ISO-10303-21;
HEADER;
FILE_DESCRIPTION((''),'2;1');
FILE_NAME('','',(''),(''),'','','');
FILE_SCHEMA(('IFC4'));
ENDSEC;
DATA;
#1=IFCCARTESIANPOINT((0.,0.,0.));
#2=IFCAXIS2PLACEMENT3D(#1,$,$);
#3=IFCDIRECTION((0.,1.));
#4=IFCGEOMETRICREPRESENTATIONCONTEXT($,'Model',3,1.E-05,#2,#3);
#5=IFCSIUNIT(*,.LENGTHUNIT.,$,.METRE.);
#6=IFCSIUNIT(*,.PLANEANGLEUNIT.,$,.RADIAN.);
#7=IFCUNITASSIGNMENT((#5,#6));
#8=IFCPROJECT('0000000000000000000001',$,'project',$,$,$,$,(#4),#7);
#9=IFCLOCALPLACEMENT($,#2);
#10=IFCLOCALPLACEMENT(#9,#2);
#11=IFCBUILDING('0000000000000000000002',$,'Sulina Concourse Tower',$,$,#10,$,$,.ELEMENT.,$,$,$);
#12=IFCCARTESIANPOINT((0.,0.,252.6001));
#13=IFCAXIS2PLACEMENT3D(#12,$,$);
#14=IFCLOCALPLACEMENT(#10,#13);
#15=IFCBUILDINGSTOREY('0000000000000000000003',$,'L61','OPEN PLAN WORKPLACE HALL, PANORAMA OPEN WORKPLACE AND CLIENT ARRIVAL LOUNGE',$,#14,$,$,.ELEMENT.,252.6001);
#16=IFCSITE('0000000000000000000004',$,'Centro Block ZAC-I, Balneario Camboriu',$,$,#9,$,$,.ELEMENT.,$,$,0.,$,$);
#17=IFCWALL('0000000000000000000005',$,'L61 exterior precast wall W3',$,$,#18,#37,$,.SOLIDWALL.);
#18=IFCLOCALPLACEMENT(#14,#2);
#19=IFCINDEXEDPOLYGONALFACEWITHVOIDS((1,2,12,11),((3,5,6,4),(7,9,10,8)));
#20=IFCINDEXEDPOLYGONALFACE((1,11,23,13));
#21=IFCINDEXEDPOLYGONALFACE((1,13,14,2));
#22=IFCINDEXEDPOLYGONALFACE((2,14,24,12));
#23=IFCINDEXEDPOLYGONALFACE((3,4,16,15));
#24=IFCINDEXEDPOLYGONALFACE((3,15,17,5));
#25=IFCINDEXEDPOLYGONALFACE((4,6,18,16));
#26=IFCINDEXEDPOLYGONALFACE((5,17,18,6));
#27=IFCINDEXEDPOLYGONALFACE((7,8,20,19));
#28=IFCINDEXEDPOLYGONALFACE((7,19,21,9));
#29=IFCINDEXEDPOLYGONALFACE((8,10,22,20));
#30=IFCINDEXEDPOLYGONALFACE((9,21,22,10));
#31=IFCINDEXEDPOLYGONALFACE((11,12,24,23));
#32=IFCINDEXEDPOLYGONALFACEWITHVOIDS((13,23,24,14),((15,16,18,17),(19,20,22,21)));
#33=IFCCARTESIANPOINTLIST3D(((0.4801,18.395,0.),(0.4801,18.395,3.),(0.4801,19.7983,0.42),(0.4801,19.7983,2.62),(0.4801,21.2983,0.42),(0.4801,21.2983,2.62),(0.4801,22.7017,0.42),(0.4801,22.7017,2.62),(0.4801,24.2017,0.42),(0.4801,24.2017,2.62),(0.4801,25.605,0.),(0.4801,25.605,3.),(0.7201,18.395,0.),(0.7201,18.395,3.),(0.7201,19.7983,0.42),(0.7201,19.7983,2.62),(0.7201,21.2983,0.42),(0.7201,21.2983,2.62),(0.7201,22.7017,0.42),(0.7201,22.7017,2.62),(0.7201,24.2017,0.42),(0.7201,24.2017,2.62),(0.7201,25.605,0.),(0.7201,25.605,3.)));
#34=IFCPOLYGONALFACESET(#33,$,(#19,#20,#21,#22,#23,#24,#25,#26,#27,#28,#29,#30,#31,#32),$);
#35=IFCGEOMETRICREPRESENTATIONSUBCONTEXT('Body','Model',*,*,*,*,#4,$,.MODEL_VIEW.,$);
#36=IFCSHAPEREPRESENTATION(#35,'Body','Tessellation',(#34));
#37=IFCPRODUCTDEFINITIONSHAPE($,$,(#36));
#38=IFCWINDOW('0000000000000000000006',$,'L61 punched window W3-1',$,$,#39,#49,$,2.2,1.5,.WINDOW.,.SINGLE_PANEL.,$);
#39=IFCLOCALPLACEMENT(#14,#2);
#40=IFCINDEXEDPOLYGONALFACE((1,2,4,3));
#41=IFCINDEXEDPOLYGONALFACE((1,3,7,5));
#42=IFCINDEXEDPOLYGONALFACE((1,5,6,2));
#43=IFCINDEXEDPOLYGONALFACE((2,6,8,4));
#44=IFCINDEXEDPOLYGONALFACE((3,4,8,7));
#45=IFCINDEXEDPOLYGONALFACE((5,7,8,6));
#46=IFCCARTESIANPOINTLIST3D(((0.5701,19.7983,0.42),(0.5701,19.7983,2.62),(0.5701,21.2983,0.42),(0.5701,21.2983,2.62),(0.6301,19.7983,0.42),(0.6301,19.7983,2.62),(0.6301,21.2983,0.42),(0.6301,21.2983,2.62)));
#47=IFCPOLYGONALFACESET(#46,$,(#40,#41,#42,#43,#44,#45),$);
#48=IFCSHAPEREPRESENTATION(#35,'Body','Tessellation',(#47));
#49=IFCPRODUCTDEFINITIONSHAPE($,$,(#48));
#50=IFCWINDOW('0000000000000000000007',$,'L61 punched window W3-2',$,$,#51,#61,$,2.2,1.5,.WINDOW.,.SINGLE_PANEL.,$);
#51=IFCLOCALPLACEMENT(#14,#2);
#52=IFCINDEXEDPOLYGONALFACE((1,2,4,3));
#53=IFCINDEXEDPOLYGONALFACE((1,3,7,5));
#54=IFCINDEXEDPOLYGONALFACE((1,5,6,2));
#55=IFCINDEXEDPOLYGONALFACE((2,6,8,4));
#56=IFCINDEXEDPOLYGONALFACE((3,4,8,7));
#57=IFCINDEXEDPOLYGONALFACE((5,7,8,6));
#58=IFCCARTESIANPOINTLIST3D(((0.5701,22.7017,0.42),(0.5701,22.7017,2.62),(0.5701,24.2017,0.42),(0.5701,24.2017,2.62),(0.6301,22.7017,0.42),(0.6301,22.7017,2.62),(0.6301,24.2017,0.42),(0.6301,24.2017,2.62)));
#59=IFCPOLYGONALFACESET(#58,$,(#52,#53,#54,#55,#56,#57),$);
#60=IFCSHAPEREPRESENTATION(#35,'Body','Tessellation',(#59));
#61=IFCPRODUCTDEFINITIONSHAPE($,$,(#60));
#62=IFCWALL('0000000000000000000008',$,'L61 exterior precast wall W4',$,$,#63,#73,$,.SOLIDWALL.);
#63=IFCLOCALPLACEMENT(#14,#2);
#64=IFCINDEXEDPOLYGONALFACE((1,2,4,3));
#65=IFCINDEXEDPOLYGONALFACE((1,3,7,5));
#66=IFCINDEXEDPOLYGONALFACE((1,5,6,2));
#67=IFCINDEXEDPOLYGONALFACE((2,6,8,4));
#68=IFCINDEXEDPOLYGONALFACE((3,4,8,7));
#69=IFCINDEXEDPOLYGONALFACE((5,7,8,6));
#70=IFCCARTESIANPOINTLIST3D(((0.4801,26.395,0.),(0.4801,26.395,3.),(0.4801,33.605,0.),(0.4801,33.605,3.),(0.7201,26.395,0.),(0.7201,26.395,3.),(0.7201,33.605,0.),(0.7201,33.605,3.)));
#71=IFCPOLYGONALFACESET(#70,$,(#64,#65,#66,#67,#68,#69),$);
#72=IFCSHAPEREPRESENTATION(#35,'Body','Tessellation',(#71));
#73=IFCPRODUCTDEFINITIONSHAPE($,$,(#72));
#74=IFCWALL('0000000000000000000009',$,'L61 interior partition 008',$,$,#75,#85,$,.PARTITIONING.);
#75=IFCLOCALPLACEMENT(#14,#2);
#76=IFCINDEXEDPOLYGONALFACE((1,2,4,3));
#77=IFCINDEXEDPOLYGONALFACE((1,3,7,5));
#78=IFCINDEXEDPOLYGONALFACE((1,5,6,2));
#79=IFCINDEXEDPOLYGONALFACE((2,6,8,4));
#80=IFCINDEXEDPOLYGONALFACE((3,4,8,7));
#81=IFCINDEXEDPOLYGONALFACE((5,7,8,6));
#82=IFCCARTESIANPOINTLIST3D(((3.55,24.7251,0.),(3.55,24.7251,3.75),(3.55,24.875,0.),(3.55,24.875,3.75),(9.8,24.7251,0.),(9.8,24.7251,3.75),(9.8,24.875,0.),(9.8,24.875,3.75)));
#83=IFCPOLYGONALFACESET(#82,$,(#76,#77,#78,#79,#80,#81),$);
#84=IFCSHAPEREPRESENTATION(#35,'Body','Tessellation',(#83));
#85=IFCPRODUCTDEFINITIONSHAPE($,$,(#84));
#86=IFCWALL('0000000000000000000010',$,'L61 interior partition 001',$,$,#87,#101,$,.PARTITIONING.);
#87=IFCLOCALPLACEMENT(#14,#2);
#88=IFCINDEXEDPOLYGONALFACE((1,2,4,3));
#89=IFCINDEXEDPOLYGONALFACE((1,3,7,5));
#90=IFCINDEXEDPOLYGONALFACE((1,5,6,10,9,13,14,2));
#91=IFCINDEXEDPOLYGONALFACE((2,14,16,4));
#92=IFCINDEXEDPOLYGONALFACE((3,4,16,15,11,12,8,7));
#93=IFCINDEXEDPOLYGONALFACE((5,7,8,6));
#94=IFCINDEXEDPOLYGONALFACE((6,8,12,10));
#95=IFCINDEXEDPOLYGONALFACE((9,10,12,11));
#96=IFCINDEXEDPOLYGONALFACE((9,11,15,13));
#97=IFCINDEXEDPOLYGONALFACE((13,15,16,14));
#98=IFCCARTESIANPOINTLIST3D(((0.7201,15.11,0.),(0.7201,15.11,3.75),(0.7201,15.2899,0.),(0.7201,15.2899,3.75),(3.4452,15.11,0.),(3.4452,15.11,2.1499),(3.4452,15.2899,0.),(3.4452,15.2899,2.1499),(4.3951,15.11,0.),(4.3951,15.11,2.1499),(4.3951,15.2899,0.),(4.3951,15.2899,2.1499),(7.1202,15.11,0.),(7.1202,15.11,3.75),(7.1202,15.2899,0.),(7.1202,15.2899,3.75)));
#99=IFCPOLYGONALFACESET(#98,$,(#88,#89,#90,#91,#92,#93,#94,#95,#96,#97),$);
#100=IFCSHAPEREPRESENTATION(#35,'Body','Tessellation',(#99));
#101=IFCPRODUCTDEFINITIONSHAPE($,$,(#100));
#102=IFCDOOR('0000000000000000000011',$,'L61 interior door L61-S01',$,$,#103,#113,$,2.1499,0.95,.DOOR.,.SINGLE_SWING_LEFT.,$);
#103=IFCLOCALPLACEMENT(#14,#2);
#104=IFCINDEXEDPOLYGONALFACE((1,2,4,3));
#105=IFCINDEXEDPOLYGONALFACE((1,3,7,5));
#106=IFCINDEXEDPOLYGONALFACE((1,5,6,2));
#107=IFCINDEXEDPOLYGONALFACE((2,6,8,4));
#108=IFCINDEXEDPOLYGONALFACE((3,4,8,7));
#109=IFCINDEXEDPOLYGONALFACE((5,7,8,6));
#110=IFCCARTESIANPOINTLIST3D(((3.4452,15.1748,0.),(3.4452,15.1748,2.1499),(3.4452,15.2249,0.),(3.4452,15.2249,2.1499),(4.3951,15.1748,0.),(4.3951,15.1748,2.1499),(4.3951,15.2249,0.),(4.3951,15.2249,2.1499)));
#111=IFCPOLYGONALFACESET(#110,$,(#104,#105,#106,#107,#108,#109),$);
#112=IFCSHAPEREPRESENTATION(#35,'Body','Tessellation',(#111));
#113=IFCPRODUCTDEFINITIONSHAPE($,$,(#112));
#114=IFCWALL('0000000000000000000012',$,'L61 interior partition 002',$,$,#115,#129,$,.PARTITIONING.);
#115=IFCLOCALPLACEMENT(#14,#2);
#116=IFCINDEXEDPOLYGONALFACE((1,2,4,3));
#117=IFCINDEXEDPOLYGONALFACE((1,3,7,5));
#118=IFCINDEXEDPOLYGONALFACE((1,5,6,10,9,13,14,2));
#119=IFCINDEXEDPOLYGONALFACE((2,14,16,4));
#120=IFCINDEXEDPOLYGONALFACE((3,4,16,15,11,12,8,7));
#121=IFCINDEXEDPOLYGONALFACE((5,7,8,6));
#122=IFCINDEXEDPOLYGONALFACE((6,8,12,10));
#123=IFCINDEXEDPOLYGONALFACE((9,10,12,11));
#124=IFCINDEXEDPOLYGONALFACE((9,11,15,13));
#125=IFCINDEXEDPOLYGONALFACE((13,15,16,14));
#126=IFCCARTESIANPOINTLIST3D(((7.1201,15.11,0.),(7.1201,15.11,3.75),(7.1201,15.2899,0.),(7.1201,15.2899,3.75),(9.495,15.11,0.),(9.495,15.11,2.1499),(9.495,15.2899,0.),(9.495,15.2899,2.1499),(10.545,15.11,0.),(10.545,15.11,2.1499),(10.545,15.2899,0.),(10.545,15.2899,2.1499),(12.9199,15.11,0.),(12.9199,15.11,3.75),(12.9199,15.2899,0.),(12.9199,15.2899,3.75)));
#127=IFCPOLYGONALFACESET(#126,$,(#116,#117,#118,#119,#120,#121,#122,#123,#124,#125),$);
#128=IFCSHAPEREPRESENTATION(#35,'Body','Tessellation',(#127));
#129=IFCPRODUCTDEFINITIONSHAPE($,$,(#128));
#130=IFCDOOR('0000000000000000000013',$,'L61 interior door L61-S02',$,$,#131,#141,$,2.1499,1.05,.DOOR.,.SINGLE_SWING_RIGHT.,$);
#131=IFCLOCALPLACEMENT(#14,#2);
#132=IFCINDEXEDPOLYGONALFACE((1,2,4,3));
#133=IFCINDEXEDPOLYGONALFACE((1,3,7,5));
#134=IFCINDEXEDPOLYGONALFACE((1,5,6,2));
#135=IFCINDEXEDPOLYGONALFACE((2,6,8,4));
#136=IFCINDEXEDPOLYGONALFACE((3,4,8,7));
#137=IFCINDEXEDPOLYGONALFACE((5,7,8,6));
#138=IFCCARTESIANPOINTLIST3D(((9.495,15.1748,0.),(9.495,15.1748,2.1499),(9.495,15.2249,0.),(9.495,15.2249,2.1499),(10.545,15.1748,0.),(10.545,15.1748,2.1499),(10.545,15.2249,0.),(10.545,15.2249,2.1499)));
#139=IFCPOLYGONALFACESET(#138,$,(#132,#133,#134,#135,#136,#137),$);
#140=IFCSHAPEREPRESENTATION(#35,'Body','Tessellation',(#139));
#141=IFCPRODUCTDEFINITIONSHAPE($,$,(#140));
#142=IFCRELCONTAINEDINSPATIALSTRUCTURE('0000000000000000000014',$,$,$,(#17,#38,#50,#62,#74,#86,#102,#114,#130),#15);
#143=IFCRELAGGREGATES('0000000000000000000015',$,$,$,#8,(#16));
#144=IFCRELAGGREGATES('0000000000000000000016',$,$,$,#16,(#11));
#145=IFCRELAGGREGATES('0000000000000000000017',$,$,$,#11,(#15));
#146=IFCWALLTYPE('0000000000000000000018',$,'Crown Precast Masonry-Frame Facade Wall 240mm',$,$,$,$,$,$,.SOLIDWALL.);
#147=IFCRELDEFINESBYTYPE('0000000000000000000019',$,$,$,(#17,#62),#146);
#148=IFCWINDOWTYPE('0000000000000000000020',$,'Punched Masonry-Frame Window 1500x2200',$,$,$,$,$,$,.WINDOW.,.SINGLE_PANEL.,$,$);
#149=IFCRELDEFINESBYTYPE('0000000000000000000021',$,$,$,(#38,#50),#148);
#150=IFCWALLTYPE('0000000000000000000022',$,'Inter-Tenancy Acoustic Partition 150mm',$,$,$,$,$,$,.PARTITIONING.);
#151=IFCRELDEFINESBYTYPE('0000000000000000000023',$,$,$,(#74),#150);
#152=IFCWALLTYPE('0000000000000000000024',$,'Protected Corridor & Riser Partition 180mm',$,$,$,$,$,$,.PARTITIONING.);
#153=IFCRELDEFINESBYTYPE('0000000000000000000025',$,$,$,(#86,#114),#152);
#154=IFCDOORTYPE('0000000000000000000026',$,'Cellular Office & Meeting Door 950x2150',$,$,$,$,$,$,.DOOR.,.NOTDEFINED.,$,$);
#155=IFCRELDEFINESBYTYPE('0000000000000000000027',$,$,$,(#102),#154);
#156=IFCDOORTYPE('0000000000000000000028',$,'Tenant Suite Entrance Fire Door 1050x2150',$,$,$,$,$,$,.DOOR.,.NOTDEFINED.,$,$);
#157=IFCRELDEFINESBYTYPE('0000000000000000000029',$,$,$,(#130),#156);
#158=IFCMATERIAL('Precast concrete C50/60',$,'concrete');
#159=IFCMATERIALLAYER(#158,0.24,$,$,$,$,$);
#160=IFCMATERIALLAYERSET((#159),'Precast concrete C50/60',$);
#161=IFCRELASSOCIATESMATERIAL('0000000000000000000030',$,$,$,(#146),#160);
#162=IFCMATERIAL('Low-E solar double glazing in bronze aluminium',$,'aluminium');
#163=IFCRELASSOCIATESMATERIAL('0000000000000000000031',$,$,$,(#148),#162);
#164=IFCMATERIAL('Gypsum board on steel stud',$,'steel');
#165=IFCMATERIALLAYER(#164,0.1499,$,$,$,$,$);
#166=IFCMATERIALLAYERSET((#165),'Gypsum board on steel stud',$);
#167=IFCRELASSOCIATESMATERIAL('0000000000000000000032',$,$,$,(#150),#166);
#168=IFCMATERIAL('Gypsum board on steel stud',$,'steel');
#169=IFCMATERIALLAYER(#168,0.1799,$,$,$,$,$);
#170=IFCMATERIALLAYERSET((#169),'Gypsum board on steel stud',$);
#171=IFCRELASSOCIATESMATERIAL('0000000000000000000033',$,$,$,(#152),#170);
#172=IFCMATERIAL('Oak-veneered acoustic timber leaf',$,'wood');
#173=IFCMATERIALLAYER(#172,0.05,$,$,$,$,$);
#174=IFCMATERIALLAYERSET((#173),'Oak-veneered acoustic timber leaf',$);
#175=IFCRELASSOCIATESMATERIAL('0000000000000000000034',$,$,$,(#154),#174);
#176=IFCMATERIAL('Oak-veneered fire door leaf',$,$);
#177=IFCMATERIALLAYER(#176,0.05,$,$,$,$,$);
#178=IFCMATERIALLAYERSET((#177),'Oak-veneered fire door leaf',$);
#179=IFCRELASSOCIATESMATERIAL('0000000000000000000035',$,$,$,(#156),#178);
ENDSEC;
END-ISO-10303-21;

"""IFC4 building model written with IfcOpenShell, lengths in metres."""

from ifc_helpers import new_model, si_unit, direction, frame, frame_2d, origin, place, context, subcontext, project, spatial, rectangle, extrude, material, layer, layer_set, type_object, element, fill, save


model = new_model("IFC4")

# Units and contexts
model_context = context("Model", 3, precision=1e-05, world=origin(), true_north=direction((0.0, 1.0)))
body_context = subcontext(model_context, "Body", "Model", "MODEL_VIEW")
ifc_project = project(units=[si_unit("LENGTHUNIT", "METRE"), si_unit("PLANEANGLEUNIT", "RADIAN")], contexts=[model_context])

# Site, building, storey
site_placement = place(None, origin())
site = spatial("IfcSite", under=ifc_project, at=site_placement, Name="Centro Block ZAC-I, Balneario Camboriu", CompositionType="ELEMENT", RefElevation=0.0)
building_placement = place(site_placement, origin())
building = spatial("IfcBuilding", under=site, at=building_placement, Name="Sulina Concourse Tower", CompositionType="ELEMENT")
storey_placement = place(building_placement, frame((0.0, 0.0, 252.6001)))
storey = spatial("IfcBuildingStorey", under=building, at=storey_placement, Name="L61", Description="OPEN PLAN WORKPLACE HALL, PANORAMA OPEN WORKPLACE AND CLIENT ARRIVAL LOUNGE", CompositionType="ELEMENT", Elevation=252.6001)

# Wall, openings, windows
ifc_material_1 = material(Name="Precast concrete C50/60", Category="concrete")
ifc_layer_1 = layer(ifc_material_1, 0.24)
ifc_layer_set_1 = layer_set([ifc_layer_1], Name="Precast concrete C50/60")
wall_type_1 = type_object("IfcWallType", Name="Crown Precast Masonry-Frame Facade Wall 240mm", PredefinedType="SOLIDWALL", material=ifc_layer_set_1)
wall_1_placement = place(storey_placement, frame((0.6001, 18.395, 0.0), z_axis=(0.0, 0.0, 1.0), x_axis=(0.0, 1.0, 0.0)))
wall_1 = element("IfcWall", 1, at=wall_1_placement, inside=storey, type_object=wall_type_1, Name="L61 exterior precast wall W3", PredefinedType="SOLIDWALL", context=body_context, shape_type="SweptSolid", body=[
    extrude(rectangle(XDim=7.21, YDim=0.24, at=frame_2d((3.605, 0.0))), origin(), (0.0, 0.0, 1.0), 3.0),
])
opening_1_placement = place(wall_1_placement, frame((1.4033, 0.0, 0.4199)))
opening_1 = element("IfcOpeningElement", 2, at=opening_1_placement, cuts=wall_1, PredefinedType="OPENING", context=body_context, shape_type="SweptSolid", body=[
    extrude(rectangle(XDim=1.5, YDim=2.2, at=frame_2d((0.75, 1.1001))), frame((0.0, 0.1299, 0.0), z_axis=(0.0, -1.0, 0.0), x_axis=(1.0, 0.0, 0.0)), (0.0, 0.0, 1.0), 0.26),
])
opening_2_placement = place(wall_1_placement, frame((4.3066, 0.0, 0.4199)))
opening_2 = element("IfcOpeningElement", 3, at=opening_2_placement, cuts=wall_1, PredefinedType="OPENING", context=body_context, shape_type="SweptSolid", body=[
    extrude(rectangle(XDim=1.5, YDim=2.2, at=frame_2d((0.75, 1.1001))), frame((0.0, 0.1299, 0.0), z_axis=(0.0, -1.0, 0.0), x_axis=(1.0, 0.0, 0.0)), (0.0, 0.0, 1.0), 0.26),
])
ifc_material_2 = material(Name="Low-E solar double glazing in bronze aluminium", Category="aluminium")
window_type = type_object("IfcWindowType", Name="Punched Masonry-Frame Window 1500x2200", PartitioningType="SINGLE_PANEL", PredefinedType="WINDOW", material=ifc_material_2)
window_1_placement = place(opening_1_placement, origin())
window_1 = element("IfcWindow", 4, at=window_1_placement, inside=storey, type_object=window_type, Name="L61 punched window W3-1", OverallHeight=2.2, OverallWidth=1.5, PartitioningType="SINGLE_PANEL", PredefinedType="WINDOW", context=body_context, shape_type="SweptSolid", body=[
    extrude(rectangle(XDim=1.5, YDim=2.2, at=frame_2d((0.75, 1.1001))), frame((0.0, 0.03, 0.0), z_axis=(0.0, -1.0, 0.0), x_axis=(1.0, 0.0, 0.0)), (0.0, 0.0, 1.0), 0.0601),
])
fill(opening_1, window_1)
window_2_placement = place(opening_2_placement, origin())
window_2 = element("IfcWindow", 5, at=window_2_placement, inside=storey, type_object=window_type, Name="L61 punched window W3-2", OverallHeight=2.2, OverallWidth=1.5, PartitioningType="SINGLE_PANEL", PredefinedType="WINDOW", context=body_context, shape_type="SweptSolid", body=[
    extrude(rectangle(XDim=1.5, YDim=2.2, at=frame_2d((0.75, 1.1001))), frame((0.0, 0.03, 0.0), z_axis=(0.0, -1.0, 0.0), x_axis=(1.0, 0.0, 0.0)), (0.0, 0.0, 1.0), 0.0601),
])
fill(opening_2, window_2)

# Walls
wall_2_placement = place(storey_placement, frame((0.6001, 26.395, 0.0), z_axis=(0.0, 0.0, 1.0), x_axis=(0.0, 1.0, 0.0)))
element("IfcWall", 6, at=wall_2_placement, inside=storey, type_object=wall_type_1, Name="L61 exterior precast wall W4", PredefinedType="SOLIDWALL", context=body_context, shape_type="SweptSolid", body=[
    extrude(rectangle(XDim=7.21, YDim=0.24, at=frame_2d((3.605, 0.0))), origin(), (0.0, 0.0, 1.0), 3.0),
])
ifc_material_3 = material(Name="Gypsum board on steel stud", Category="steel")
ifc_layer_2 = layer(ifc_material_3, 0.1499)
ifc_layer_set_2 = layer_set([ifc_layer_2], Name="Gypsum board on steel stud")
wall_type_2 = type_object("IfcWallType", Name="Inter-Tenancy Acoustic Partition 150mm", PredefinedType="PARTITIONING", material=ifc_layer_set_2)
wall_3_placement = place(storey_placement, frame((3.55, 24.8, 0.0), z_axis=(0.0, 0.0, 1.0), x_axis=(1.0, 0.0, 0.0)))
element("IfcWall", 7, at=wall_3_placement, inside=storey, type_object=wall_type_2, Name="L61 interior partition 008", PredefinedType="PARTITIONING", context=body_context, shape_type="SweptSolid", body=[
    extrude(rectangle(XDim=6.25, YDim=0.1499, at=frame_2d((3.125, 0.0))), origin(), (0.0, 0.0, 1.0), 3.75),
])

# Walls, openings, doors
ifc_material_4 = material(Name="Gypsum board on steel stud", Category="steel")
ifc_layer_3 = layer(ifc_material_4, 0.1799)
ifc_layer_set_3 = layer_set([ifc_layer_3], Name="Gypsum board on steel stud")
wall_type_3 = type_object("IfcWallType", Name="Protected Corridor & Riser Partition 180mm", PredefinedType="PARTITIONING", material=ifc_layer_set_3)
wall_4_placement = place(storey_placement, frame((0.72, 15.2, 0.0), z_axis=(0.0, 0.0, 1.0), x_axis=(1.0, 0.0, 0.0)))
wall_4 = element("IfcWall", 8, at=wall_4_placement, inside=storey, type_object=wall_type_3, Name="L61 interior partition 001", PredefinedType="PARTITIONING", context=body_context, shape_type="SweptSolid", body=[
    extrude(rectangle(XDim=6.4001, YDim=0.1799, at=frame_2d((3.2002, 0.0))), origin(), (0.0, 0.0, 1.0), 3.75),
])
opening_3_placement = place(wall_4_placement, frame((2.7251, 0.0, 0.0)))
opening_3 = element("IfcOpeningElement", 9, at=opening_3_placement, cuts=wall_4, PredefinedType="OPENING", context=body_context, shape_type="SweptSolid", body=[
    extrude(rectangle(XDim=0.95, YDim=2.1499, at=frame_2d((0.4751, 1.075))), frame((0.0, 0.0999, 0.0), z_axis=(0.0, -1.0, 0.0), x_axis=(1.0, 0.0, 0.0)), (0.0, 0.0, 1.0), 0.2),
])
ifc_material_5 = material(Name="Oak-veneered acoustic timber leaf", Category="wood")
ifc_layer_4 = layer(ifc_material_5, 0.05)
ifc_layer_set_4 = layer_set([ifc_layer_4], Name="Oak-veneered acoustic timber leaf")
door_type_1 = type_object("IfcDoorType", Name="Cellular Office & Meeting Door 950x2150", OperationType="NOTDEFINED", PredefinedType="DOOR", material=ifc_layer_set_4)
door_1_placement = place(opening_3_placement, origin())
door_1 = element("IfcDoor", 10, at=door_1_placement, inside=storey, type_object=door_type_1, Name="L61 interior door L61-S01", OperationType="SINGLE_SWING_LEFT", OverallHeight=2.1499, OverallWidth=0.95, PredefinedType="DOOR", context=body_context, shape_type="SweptSolid", body=[
    extrude(rectangle(XDim=0.95, YDim=2.1499, at=frame_2d((0.4751, 1.075))), frame((0.0, 0.0249, 0.0), z_axis=(0.0, -1.0, 0.0), x_axis=(1.0, 0.0, 0.0)), (0.0, 0.0, 1.0), 0.05),
])
fill(opening_3, door_1)
wall_5_placement = place(storey_placement, frame((7.1201, 15.2, 0.0), z_axis=(0.0, 0.0, 1.0), x_axis=(1.0, 0.0, 0.0)))
wall_5 = element("IfcWall", 11, at=wall_5_placement, inside=storey, type_object=wall_type_3, Name="L61 interior partition 002", PredefinedType="PARTITIONING", context=body_context, shape_type="SweptSolid", body=[
    extrude(rectangle(XDim=5.7998, YDim=0.1799, at=frame_2d((2.8999, 0.0))), origin(), (0.0, 0.0, 1.0), 3.75),
])
opening_4_placement = place(wall_5_placement, frame((2.375, 0.0, 0.0)))
opening_4 = element("IfcOpeningElement", 12, at=opening_4_placement, cuts=wall_5, PredefinedType="OPENING", context=body_context, shape_type="SweptSolid", body=[
    extrude(rectangle(XDim=1.05, YDim=2.1499, at=frame_2d((0.5249, 1.075))), frame((0.0, 0.0999, 0.0), z_axis=(0.0, -1.0, 0.0), x_axis=(1.0, 0.0, 0.0)), (0.0, 0.0, 1.0), 0.2),
])
ifc_material_6 = material(Name="Oak-veneered fire door leaf")
ifc_layer_5 = layer(ifc_material_6, 0.05)
ifc_layer_set_5 = layer_set([ifc_layer_5], Name="Oak-veneered fire door leaf")
door_type_2 = type_object("IfcDoorType", Name="Tenant Suite Entrance Fire Door 1050x2150", OperationType="NOTDEFINED", PredefinedType="DOOR", material=ifc_layer_set_5)
door_2_placement = place(opening_4_placement, origin())
door_2 = element("IfcDoor", 13, at=door_2_placement, inside=storey, type_object=door_type_2, Name="L61 interior door L61-S02", OperationType="SINGLE_SWING_RIGHT", OverallHeight=2.1499, OverallWidth=1.05, PredefinedType="DOOR", context=body_context, shape_type="SweptSolid", body=[
    extrude(rectangle(XDim=1.05, YDim=2.1499, at=frame_2d((0.5249, 1.075))), frame((0.0, 0.0249, 0.0), z_axis=(0.0, -1.0, 0.0), x_axis=(1.0, 0.0, 0.0)), (0.0, 0.0, 1.0), 0.05),
])
fill(opening_4, door_2)

save(model, "model.ifc")
